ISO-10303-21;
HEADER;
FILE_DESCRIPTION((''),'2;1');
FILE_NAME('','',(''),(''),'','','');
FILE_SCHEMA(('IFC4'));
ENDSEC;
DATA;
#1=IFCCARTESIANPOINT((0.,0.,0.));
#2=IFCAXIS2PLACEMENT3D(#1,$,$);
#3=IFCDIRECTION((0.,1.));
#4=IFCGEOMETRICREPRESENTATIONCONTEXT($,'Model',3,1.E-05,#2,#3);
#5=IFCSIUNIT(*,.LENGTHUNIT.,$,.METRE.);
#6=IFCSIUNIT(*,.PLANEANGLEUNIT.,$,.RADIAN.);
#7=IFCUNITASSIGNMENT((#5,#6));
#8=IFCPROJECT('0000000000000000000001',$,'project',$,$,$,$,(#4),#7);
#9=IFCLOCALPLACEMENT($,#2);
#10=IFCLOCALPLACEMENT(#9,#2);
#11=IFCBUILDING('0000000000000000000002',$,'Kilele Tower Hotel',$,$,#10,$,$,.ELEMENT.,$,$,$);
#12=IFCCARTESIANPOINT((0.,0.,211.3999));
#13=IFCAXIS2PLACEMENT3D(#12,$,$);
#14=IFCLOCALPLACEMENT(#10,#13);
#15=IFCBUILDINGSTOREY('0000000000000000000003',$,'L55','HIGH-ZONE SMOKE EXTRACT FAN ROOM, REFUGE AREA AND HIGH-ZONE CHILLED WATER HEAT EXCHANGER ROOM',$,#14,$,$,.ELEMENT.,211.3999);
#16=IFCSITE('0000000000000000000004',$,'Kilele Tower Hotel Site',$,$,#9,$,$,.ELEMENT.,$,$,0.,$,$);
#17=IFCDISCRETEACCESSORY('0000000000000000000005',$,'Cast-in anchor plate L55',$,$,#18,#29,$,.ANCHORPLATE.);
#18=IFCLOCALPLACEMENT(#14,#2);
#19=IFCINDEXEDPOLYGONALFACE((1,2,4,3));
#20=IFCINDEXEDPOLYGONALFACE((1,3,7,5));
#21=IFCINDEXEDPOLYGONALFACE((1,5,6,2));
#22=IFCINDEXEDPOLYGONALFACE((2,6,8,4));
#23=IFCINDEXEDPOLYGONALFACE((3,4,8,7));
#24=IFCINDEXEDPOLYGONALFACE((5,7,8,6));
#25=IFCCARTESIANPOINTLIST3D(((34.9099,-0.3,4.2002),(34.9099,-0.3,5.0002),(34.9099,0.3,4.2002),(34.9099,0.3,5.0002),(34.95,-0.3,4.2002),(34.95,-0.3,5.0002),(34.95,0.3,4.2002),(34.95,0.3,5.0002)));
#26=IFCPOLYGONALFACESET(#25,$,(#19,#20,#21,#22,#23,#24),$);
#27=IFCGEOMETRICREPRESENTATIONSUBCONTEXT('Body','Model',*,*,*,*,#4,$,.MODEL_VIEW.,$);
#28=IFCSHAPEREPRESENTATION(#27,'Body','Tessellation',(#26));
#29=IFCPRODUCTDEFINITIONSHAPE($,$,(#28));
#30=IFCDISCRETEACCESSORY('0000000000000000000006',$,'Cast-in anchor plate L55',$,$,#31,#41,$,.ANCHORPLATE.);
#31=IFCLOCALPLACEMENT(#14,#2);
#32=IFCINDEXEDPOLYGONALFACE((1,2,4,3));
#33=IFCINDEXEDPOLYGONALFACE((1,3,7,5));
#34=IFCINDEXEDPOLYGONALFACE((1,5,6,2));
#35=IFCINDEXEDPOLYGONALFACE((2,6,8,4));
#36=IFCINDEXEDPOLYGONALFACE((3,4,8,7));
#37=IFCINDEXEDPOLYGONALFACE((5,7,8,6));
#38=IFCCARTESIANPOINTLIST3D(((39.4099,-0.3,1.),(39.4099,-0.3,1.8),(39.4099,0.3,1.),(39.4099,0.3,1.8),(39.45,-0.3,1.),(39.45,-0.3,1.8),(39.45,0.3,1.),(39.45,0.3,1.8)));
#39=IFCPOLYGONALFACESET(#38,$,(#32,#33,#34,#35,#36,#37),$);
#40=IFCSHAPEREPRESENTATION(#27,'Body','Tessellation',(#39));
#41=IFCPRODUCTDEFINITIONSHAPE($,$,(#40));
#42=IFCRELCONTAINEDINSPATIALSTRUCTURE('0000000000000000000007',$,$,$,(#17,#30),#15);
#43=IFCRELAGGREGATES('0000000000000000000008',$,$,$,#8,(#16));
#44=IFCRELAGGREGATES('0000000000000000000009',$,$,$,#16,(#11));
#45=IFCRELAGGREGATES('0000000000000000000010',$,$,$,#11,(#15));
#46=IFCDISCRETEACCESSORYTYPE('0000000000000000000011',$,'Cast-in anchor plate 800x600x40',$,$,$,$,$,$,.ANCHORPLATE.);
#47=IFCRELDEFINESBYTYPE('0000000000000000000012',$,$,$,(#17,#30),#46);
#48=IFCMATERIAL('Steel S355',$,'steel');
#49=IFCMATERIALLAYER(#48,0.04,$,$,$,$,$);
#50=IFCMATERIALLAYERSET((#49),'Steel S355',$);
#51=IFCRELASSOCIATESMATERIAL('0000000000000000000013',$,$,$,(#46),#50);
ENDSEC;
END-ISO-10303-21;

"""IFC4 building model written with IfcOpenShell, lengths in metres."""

from ifc_helpers import new_model, si_unit, direction, frame, origin, place, context, subcontext, project, spatial, polyline, outline, extrude, source, transform, mapped, material, layer, layer_set, type_object, element, save


model = new_model("IFC4")

# Units and contexts
model_context = context("Model", 3, precision=1e-05, world=origin(), true_north=direction((0.0, 1.0)))
body_context = subcontext(model_context, "Body", "Model", "MODEL_VIEW")
ifc_project = project(units=[si_unit("LENGTHUNIT", "METRE"), si_unit("PLANEANGLEUNIT", "RADIAN")], contexts=[model_context])

# Site, building, storey
site_placement = place(None, origin())
site = spatial("IfcSite", under=ifc_project, at=site_placement, Name="Kilele Tower Hotel Site", CompositionType="ELEMENT", RefElevation=0.0)
building_placement = place(site_placement, origin())
building = spatial("IfcBuilding", under=site, at=building_placement, Name="Kilele Tower Hotel", CompositionType="ELEMENT")
storey_placement = place(building_placement, frame((0.0, 0.0, 211.3999)))
storey = spatial("IfcBuildingStorey", under=building, at=storey_placement, Name="L55", Description="HIGH-ZONE SMOKE EXTRACT FAN ROOM, REFUGE AREA AND HIGH-ZONE CHILLED WATER HEAT EXCHANGER ROOM", CompositionType="ELEMENT", Elevation=211.3999)

# Discrete accessories
ifc_material_1 = material(Name="Steel S355", Category="steel")
ifc_layer_1 = layer(ifc_material_1, 0.04)
ifc_layer_set_1 = layer_set([ifc_layer_1], Name="Steel S355")
discrete_accessory_type_1 = type_object("IfcDiscreteAccessoryType", Name="Cast-in anchor plate 800x600x40", PredefinedType="ANCHORPLATE", material=ifc_layer_set_1)
shared_shape_1 = source(origin(), body_context, "Body", "SweptSolid", [
    extrude(outline(polyline([(0.0, 0.0), (0.04, 0.0), (0.04, 0.8), (0.0, 0.8), (0.0, 0.0)])), origin(), (0.0, 0.0, 1.0), 0.6001),
])
for number, where, z_axis, x_axis, name in (
    (1, (34.95, -0.3, 4.2002), (0.0, 1.0, 0.0), (-1.0, 0.0, 0.0), "Cast-in anchor plate L55"),
    (2, (39.45, -0.3, 1.0), (0.0, 1.0, 0.0), (-1.0, 0.0, 0.0), "Cast-in anchor plate L55"),
):
    element("IfcDiscreteAccessory", number, at=place(storey_placement, frame(where, z_axis=z_axis, x_axis=x_axis)), inside=storey, type_object=discrete_accessory_type_1, Name=name, PredefinedType="ANCHORPLATE", context=body_context, shape_type="MappedRepresentation", body=[
        mapped(shared_shape_1, transform((0.0, 0.0, 0.0))),
    ])

save(model, "model.ifc")
